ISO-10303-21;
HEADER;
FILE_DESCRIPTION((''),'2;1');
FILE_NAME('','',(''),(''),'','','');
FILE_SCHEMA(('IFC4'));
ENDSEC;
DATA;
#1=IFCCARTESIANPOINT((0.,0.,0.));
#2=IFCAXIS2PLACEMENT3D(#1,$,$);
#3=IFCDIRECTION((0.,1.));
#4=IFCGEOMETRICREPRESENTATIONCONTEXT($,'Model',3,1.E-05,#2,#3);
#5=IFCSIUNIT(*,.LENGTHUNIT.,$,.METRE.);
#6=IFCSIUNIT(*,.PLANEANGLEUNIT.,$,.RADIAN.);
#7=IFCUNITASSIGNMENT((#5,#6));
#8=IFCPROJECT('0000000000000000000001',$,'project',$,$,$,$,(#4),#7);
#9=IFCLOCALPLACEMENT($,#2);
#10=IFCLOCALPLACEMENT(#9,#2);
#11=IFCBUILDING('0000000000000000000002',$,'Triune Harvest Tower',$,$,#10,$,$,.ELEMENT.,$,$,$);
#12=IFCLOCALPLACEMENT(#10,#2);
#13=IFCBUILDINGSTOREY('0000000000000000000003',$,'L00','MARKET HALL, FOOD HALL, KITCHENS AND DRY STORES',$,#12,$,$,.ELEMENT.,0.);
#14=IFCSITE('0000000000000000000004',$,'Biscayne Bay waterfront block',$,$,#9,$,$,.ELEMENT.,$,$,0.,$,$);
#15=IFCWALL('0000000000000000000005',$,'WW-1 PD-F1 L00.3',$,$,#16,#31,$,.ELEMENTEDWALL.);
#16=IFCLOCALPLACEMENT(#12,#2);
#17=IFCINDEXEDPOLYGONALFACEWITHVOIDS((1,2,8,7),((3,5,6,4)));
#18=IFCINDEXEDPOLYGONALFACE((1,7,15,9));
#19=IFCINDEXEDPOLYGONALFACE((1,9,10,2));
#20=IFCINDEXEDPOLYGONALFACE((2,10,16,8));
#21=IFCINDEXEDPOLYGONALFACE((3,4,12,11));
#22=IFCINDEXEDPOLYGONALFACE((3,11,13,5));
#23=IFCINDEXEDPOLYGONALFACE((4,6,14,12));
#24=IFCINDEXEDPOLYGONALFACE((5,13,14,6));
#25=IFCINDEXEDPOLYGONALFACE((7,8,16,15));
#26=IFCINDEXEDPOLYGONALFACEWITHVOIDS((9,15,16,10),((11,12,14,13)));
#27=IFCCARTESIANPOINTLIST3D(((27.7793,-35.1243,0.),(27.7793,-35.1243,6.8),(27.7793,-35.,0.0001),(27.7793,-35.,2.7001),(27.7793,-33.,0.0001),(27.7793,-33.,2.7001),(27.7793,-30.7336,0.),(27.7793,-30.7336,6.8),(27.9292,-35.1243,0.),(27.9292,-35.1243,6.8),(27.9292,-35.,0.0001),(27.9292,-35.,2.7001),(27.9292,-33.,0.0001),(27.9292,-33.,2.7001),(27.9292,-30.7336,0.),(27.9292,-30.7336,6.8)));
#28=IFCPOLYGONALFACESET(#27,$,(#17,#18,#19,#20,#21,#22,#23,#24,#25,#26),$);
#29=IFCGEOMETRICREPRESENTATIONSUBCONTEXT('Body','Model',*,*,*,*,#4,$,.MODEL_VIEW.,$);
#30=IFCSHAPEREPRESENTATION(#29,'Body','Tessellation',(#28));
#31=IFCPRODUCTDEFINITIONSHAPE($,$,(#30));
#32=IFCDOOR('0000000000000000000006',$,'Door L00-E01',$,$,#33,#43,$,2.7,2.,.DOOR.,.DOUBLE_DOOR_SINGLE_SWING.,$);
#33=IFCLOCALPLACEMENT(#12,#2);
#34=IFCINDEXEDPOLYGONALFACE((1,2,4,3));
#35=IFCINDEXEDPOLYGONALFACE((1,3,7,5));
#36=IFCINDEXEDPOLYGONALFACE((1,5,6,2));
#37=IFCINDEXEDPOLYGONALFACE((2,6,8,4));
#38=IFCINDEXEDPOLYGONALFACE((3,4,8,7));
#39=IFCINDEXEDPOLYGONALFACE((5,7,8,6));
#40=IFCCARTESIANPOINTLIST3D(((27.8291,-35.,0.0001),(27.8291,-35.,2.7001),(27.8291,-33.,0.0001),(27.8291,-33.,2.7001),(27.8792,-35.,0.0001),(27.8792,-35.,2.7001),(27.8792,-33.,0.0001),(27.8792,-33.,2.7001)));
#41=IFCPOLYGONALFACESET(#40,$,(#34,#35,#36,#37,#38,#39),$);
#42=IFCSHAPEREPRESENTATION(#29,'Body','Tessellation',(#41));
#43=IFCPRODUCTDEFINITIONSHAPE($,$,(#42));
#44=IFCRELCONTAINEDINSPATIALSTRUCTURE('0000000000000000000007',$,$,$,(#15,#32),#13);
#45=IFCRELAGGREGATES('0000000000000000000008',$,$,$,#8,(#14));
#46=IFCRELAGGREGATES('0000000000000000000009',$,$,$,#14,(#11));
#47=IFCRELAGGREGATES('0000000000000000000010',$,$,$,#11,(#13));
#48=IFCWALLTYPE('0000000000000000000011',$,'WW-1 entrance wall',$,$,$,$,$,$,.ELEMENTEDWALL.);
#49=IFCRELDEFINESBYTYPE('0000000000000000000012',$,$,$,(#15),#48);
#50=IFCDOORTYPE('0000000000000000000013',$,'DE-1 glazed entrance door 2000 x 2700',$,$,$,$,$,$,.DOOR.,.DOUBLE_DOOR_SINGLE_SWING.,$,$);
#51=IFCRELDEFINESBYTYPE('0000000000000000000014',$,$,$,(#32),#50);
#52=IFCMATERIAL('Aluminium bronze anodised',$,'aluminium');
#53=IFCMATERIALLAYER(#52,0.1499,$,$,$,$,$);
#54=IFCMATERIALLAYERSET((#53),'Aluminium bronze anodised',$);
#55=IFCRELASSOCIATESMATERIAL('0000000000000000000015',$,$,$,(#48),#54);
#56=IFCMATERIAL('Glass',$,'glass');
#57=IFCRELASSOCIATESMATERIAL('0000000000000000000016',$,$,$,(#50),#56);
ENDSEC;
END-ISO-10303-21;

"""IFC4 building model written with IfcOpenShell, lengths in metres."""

from ifc_helpers import new_model, si_unit, direction, frame, frame_2d, origin, place, context, subcontext, project, spatial, rectangle, extrude, source, transform, mapped, material, layer, layer_set, type_object, element, fill, save


model = new_model("IFC4")

# Units and contexts
model_context = context("Model", 3, precision=1e-05, world=origin(), true_north=direction((0.0, 1.0)))
body_context = subcontext(model_context, "Body", "Model", "MODEL_VIEW")
ifc_project = project(units=[si_unit("LENGTHUNIT", "METRE"), si_unit("PLANEANGLEUNIT", "RADIAN")], contexts=[model_context])

# Site, building, storey
site_placement = place(None, origin())
site = spatial("IfcSite", under=ifc_project, at=site_placement, Name="Biscayne Bay waterfront block", CompositionType="ELEMENT", RefElevation=0.0)
building_placement = place(site_placement, origin())
building = spatial("IfcBuilding", under=site, at=building_placement, Name="Triune Harvest Tower", CompositionType="ELEMENT")
storey_placement = place(building_placement, origin())
storey = spatial("IfcBuildingStorey", under=building, at=storey_placement, Name="L00", Description="MARKET HALL, FOOD HALL, KITCHENS AND DRY STORES", CompositionType="ELEMENT", Elevation=0.0)

# Wall, opening, door
ifc_material_1 = material(Name="Aluminium bronze anodised", Category="aluminium")
ifc_layer_1 = layer(ifc_material_1, 0.1499)
ifc_layer_set_1 = layer_set([ifc_layer_1], Name="Aluminium bronze anodised")
wall_type_1 = type_object("IfcWallType", Name="WW-1 entrance wall", PredefinedType="ELEMENTEDWALL", material=ifc_layer_set_1)
shared_shape_1 = source(origin(), body_context, "Body", "SweptSolid", [
    extrude(rectangle(XDim=4.3906, YDim=0.1499, at=frame_2d((2.1953, 0.0))), origin(), (0.0, 0.0, 1.0), 6.8),
])
wall_1_placement = place(storey_placement, frame((27.8542, -30.7336, 0.0), z_axis=(0.0, 0.0, 1.0), x_axis=(0.0, -1.0, 0.0)))
wall_1 = element("IfcWall", 1, at=wall_1_placement, inside=storey, type_object=wall_type_1, Name="WW-1 PD-F1 L00.3", PredefinedType="ELEMENTEDWALL", context=body_context, shape_type="MappedRepresentation", body=[
    mapped(shared_shape_1, transform((0.0, 0.0, 0.0), scale=1.0)),
])
opening_placement = place(wall_1_placement, frame((2.2664, 0.0, 0.0)))
opening = element("IfcOpeningElement", 2, at=opening_placement, cuts=wall_1, PredefinedType="OPENING", context=body_context, shape_type="SweptSolid", body=[
    extrude(rectangle(XDim=2.0, YDim=2.7, at=frame_2d((1.0, 1.3501))), frame((0.0, 0.085, 0.0), z_axis=(0.0, -1.0, 0.0), x_axis=(1.0, 0.0, 0.0)), (0.0, 0.0, 1.0), 0.1699),
])
ifc_material_2 = material(Name="Glass", Category="glass")
door_type = type_object("IfcDoorType", Name="DE-1 glazed entrance door 2000 x 2700", OperationType="DOUBLE_DOOR_SINGLE_SWING", PredefinedType="DOOR", material=ifc_material_2)
door_placement = place(opening_placement, origin())
door = element("IfcDoor", 3, at=door_placement, inside=storey, type_object=door_type, Name="Door L00-E01", OperationType="DOUBLE_DOOR_SINGLE_SWING", OverallHeight=2.7, OverallWidth=2.0, PredefinedType="DOOR", context=body_context, shape_type="SweptSolid", body=[
    extrude(rectangle(XDim=2.0, YDim=2.7, at=frame_2d((1.0, 1.3501))), frame((0.0, 0.0249, 0.0), z_axis=(0.0, -1.0, 0.0), x_axis=(1.0, 0.0, 0.0)), (0.0, 0.0, 1.0), 0.05),
])
fill(opening, door)

save(model, "model.ifc")
